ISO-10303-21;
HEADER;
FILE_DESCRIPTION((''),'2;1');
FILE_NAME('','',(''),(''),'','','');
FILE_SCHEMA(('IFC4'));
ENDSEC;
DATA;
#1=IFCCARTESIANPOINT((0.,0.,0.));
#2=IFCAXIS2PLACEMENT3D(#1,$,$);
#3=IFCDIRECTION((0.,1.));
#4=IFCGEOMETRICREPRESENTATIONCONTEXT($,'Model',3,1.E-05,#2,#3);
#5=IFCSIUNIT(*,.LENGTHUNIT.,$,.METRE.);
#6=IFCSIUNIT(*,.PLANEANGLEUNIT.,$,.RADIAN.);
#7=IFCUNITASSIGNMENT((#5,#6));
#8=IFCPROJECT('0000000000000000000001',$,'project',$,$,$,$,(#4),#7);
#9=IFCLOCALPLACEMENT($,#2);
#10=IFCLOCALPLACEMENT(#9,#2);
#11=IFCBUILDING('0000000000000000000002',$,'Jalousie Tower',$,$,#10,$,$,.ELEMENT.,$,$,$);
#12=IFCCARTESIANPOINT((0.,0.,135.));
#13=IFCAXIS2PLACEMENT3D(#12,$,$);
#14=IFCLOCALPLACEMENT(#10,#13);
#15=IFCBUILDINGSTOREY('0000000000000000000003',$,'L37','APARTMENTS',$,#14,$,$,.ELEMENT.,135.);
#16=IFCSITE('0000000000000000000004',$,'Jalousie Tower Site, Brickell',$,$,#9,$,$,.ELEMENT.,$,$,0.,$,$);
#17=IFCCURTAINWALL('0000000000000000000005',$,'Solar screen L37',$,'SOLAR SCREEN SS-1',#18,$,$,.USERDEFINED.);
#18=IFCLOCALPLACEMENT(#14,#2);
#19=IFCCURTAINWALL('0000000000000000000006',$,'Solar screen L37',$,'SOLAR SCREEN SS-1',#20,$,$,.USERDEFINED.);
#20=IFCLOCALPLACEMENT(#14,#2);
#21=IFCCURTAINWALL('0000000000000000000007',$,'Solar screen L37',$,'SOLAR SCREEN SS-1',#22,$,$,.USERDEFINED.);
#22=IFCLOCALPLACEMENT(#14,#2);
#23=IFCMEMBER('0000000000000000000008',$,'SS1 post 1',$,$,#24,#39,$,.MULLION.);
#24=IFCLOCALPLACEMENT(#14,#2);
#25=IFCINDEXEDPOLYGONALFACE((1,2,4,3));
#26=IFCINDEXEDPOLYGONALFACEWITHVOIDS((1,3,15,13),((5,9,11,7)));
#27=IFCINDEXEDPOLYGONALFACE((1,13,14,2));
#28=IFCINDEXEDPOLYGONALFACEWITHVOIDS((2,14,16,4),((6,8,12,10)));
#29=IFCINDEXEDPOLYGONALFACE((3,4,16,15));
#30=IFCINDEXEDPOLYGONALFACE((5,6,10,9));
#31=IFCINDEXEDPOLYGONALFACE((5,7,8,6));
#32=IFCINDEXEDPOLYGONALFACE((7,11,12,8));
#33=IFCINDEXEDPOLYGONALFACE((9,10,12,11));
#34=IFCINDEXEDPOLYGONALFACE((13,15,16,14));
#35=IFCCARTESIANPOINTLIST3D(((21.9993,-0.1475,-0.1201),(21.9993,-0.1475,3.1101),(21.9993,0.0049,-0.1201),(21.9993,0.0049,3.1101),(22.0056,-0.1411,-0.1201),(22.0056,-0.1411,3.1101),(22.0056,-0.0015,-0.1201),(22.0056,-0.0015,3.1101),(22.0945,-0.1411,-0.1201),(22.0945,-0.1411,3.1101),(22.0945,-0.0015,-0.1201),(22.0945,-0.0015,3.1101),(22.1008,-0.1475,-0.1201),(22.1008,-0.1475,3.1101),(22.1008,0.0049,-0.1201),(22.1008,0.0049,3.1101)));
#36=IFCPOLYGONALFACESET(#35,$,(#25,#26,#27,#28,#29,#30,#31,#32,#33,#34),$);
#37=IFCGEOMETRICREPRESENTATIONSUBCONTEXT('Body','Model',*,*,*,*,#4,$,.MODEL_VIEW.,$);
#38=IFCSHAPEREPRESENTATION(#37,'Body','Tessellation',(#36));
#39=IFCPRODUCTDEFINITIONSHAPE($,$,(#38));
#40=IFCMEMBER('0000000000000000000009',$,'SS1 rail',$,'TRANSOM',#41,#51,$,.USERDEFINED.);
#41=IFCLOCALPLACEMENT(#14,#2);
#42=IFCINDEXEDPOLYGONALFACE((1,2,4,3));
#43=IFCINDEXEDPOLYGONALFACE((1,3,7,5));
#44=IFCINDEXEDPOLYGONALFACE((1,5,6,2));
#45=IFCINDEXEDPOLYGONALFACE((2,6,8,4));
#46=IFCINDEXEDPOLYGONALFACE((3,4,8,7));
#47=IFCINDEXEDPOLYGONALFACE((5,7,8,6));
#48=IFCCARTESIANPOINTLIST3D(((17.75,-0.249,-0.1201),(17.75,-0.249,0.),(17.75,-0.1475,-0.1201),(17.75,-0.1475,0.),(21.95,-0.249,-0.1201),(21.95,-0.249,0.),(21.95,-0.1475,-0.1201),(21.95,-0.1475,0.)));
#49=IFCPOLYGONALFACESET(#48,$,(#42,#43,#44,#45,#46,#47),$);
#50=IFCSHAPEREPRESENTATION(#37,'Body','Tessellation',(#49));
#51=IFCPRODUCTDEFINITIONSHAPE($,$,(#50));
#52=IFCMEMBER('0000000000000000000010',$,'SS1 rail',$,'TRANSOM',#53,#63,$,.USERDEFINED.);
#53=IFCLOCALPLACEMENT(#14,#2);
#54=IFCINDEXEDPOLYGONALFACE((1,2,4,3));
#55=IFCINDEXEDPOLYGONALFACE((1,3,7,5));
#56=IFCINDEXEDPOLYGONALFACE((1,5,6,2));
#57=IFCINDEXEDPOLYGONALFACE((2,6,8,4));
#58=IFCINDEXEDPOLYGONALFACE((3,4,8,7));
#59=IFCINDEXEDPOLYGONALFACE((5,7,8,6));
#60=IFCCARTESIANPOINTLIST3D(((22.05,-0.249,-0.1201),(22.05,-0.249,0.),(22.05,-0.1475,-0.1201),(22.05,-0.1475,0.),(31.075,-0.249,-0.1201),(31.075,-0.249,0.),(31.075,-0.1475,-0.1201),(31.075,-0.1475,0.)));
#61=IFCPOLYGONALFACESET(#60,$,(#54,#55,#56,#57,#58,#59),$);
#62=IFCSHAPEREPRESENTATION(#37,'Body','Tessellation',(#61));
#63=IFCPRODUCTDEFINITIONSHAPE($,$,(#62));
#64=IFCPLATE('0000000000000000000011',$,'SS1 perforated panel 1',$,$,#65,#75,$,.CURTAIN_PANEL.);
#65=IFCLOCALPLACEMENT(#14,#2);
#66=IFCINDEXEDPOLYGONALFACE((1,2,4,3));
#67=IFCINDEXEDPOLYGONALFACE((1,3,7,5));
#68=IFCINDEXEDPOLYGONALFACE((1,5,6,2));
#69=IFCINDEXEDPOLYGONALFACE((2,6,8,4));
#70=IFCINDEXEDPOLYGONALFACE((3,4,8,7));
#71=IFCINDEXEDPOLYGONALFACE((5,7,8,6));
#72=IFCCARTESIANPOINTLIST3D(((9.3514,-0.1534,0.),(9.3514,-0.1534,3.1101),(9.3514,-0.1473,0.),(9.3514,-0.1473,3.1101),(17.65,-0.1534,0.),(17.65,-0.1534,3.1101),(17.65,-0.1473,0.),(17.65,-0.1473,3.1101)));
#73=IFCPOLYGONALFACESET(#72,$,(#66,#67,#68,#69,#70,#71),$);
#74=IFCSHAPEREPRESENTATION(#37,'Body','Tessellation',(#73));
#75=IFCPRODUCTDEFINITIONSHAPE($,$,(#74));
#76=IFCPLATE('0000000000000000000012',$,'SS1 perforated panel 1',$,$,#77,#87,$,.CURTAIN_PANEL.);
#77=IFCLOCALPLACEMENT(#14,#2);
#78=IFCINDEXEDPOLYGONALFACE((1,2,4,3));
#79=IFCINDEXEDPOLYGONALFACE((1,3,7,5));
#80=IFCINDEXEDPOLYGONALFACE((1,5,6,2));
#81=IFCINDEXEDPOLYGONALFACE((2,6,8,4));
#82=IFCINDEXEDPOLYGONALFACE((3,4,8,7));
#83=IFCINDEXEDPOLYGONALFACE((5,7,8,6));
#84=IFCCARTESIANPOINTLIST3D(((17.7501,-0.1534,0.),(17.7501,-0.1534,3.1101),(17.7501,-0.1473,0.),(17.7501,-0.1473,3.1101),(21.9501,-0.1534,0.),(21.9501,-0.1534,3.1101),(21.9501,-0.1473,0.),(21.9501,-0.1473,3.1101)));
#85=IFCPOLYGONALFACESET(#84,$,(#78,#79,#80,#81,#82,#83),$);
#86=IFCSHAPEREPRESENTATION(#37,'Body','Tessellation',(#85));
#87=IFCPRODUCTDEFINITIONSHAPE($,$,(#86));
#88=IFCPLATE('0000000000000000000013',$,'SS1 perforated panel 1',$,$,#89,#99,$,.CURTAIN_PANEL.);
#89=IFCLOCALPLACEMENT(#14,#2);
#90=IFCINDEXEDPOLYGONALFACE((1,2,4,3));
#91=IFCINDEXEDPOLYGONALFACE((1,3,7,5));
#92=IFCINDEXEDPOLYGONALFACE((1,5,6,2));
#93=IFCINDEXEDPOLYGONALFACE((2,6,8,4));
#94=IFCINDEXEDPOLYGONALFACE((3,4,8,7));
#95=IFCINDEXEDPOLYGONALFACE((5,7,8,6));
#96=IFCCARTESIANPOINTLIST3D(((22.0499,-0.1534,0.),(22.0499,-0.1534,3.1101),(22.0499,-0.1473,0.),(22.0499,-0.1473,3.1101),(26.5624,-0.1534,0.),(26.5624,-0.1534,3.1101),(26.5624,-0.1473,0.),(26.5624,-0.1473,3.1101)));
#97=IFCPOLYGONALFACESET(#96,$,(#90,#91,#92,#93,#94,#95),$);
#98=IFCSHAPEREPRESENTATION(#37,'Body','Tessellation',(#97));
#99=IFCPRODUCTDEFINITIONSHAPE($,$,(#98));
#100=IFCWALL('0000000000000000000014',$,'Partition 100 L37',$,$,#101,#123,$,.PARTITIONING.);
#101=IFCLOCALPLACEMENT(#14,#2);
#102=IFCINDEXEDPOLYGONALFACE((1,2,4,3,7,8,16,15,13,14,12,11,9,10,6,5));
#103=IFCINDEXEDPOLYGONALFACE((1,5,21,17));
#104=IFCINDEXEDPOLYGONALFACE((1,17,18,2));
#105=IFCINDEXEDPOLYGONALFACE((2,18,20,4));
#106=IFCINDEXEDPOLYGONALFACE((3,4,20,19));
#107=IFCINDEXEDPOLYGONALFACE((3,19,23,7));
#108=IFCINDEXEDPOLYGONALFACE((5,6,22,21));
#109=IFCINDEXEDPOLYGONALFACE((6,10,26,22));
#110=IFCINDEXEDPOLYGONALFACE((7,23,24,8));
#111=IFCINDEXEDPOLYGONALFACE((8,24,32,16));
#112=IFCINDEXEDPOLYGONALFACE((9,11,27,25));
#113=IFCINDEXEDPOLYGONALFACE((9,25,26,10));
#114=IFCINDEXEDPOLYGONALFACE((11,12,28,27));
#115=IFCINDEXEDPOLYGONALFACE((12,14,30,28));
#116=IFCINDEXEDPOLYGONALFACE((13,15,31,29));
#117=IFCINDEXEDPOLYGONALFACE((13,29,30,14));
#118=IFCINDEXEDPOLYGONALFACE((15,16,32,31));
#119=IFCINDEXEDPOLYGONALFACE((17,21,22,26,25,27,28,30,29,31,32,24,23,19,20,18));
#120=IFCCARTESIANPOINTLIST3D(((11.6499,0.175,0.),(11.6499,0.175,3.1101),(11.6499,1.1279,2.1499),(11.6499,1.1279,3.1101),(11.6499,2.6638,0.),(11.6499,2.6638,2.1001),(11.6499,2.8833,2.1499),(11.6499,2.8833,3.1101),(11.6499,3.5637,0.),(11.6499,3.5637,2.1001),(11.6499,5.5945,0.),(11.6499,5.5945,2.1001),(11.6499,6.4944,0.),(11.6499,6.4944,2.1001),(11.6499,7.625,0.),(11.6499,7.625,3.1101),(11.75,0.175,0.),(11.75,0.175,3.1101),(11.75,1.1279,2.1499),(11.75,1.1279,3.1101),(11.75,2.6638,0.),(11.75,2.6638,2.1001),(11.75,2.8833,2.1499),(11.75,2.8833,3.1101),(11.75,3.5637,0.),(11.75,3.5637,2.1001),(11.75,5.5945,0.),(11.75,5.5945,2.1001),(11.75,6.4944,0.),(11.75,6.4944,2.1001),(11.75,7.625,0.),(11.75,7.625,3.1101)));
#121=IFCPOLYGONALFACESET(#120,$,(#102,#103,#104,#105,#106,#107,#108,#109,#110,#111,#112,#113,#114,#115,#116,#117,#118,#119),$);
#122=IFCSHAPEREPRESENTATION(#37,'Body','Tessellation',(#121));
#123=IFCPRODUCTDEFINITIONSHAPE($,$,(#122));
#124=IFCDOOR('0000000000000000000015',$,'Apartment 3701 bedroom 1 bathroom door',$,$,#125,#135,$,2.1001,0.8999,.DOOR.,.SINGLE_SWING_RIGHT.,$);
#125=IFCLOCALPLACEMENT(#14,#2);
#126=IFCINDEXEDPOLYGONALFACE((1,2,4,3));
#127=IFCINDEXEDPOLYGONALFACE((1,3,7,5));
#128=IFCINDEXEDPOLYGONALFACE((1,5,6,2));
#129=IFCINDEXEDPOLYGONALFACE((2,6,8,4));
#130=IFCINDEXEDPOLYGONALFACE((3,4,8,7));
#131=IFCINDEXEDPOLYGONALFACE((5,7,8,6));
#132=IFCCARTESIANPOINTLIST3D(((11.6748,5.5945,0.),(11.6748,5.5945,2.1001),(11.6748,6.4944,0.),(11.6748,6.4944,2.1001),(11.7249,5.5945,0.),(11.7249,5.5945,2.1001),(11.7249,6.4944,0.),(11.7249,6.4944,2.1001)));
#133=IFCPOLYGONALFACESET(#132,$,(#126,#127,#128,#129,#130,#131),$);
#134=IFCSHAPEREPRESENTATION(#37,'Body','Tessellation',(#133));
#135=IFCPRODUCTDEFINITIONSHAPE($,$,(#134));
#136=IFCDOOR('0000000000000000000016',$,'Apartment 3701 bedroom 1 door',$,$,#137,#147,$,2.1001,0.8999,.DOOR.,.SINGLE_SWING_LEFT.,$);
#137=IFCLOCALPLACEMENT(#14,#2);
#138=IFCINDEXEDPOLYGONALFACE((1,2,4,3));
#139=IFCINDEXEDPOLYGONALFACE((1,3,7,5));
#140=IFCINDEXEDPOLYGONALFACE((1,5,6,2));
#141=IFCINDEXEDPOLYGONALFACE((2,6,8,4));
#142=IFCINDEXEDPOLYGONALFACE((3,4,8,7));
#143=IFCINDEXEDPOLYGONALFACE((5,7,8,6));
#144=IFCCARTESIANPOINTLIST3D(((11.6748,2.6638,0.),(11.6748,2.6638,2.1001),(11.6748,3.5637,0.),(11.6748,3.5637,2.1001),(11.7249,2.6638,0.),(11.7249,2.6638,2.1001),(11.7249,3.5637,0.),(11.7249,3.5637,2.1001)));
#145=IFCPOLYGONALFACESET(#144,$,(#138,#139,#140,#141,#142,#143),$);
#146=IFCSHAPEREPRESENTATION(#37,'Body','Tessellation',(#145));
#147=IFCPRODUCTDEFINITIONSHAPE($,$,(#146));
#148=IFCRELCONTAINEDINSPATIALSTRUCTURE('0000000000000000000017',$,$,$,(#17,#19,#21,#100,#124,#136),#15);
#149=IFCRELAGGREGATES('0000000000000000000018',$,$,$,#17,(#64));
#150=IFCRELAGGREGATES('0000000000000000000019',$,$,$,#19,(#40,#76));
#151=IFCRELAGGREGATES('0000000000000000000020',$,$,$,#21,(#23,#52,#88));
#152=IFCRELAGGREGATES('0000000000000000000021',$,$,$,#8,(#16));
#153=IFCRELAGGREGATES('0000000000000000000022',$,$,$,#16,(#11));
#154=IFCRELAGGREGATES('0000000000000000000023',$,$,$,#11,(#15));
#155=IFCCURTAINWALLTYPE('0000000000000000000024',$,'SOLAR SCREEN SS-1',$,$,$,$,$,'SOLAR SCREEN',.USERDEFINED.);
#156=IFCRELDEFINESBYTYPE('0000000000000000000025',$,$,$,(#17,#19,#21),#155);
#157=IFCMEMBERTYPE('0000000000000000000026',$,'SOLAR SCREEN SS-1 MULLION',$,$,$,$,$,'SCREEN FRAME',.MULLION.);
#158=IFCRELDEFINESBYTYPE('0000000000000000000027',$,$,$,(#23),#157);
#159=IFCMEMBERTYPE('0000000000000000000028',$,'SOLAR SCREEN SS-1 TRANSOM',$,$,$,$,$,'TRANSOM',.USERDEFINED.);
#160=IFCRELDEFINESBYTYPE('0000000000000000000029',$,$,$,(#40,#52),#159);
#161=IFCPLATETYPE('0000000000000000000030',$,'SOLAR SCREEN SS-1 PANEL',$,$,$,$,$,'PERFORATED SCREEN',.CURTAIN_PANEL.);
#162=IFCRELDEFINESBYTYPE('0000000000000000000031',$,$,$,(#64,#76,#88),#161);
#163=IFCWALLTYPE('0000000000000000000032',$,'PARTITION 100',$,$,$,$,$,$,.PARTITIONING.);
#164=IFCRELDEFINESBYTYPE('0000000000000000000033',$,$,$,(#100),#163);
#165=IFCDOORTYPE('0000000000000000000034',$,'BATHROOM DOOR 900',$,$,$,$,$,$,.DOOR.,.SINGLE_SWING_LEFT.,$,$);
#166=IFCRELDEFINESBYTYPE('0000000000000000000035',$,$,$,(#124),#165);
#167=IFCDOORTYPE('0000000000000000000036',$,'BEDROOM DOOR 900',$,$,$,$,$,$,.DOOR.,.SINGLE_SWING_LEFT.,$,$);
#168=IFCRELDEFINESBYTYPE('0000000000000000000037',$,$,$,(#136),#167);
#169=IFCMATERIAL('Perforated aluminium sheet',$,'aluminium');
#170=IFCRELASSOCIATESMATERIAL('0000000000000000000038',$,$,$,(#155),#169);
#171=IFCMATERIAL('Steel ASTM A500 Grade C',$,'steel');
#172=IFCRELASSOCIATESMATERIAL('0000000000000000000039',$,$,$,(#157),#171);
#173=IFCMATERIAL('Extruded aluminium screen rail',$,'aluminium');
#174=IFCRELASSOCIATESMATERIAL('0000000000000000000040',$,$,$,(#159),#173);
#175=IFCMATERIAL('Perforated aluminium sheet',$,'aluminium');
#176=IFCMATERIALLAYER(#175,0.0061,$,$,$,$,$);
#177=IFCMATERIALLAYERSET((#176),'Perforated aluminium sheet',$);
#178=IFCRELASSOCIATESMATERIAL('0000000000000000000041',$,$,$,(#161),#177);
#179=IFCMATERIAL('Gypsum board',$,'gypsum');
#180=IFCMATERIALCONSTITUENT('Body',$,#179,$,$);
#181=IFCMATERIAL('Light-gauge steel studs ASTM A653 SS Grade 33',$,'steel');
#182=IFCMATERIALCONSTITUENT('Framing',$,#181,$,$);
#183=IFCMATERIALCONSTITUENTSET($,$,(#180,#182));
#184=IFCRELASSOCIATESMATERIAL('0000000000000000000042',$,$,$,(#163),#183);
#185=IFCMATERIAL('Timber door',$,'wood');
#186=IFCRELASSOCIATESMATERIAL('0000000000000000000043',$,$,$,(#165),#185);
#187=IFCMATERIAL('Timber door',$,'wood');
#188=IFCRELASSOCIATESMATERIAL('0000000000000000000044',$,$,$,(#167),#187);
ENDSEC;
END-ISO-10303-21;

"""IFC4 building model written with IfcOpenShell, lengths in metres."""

from ifc_helpers import new_model, si_unit, direction, frame, frame_2d, origin, origin_2d, place, context, subcontext, project, spatial, polyline, rectangle, hollow_rectangle, outline, extrude, material, layer, layer_set, constituent, constituent_set, material_profile, profile_set, type_object, element, fill, aggregate, save


model = new_model("IFC4")

# Units and contexts
model_context = context("Model", 3, precision=1e-05, world=origin(), true_north=direction((0.0, 1.0)))
body_context = subcontext(model_context, "Body", "Model", "MODEL_VIEW")
ifc_project = project(units=[si_unit("LENGTHUNIT", "METRE"), si_unit("PLANEANGLEUNIT", "RADIAN")], contexts=[model_context])

# Site, building, storey
site_placement = place(None, origin())
site = spatial("IfcSite", under=ifc_project, at=site_placement, Name="Jalousie Tower Site, Brickell", CompositionType="ELEMENT", RefElevation=0.0)
building_placement = place(site_placement, origin())
building = spatial("IfcBuilding", under=site, at=building_placement, Name="Jalousie Tower", CompositionType="ELEMENT")
storey_placement = place(building_placement, frame((0.0, 0.0, 135.0)))
storey = spatial("IfcBuildingStorey", under=building, at=storey_placement, Name="L37", Description="APARTMENTS", CompositionType="ELEMENT", Elevation=135.0)

# Curtain wall
ifc_material_1 = material(Name="Perforated aluminium sheet", Category="aluminium")
curtain_wall_type = type_object("IfcCurtainWallType", Name="SOLAR SCREEN SS-1", ElementType="SOLAR SCREEN", PredefinedType="USERDEFINED", material=ifc_material_1)
curtain_wall_1_placement = place(storey_placement, origin())
curtain_wall_1 = element("IfcCurtainWall", 1, at=curtain_wall_1_placement, inside=storey, type_object=curtain_wall_type, Name="Solar screen L37", ObjectType="SOLAR SCREEN SS-1", PredefinedType="USERDEFINED")
ifc_material_2 = material(Name="Steel ASTM A500 Grade C", Category="steel")
ifc_material_profile_1 = material_profile(ifc_material_2, hollow_rectangle(XDim=0.1016, YDim=0.1523, WallThickness=0.0063, at=origin_2d()), Name="HSS6X4X1/4")
ifc_profile_set_1 = profile_set([ifc_material_profile_1], Name="Steel ASTM A500 Grade C")
member_type_1 = type_object("IfcMemberType", Name="SOLAR SCREEN SS-1 MULLION", ElementType="SCREEN FRAME", PredefinedType="MULLION", material=ifc_profile_set_1)

# Curtain wall
curtain_wall_2_placement = place(storey_placement, origin())
curtain_wall_2 = element("IfcCurtainWall", 2, at=curtain_wall_2_placement, inside=storey, type_object=curtain_wall_type, Name="Solar screen L37", ObjectType="SOLAR SCREEN SS-1", PredefinedType="USERDEFINED")

# Curtain wall, member
curtain_wall_3_placement = place(storey_placement, origin())
curtain_wall_3 = element("IfcCurtainWall", 3, at=curtain_wall_3_placement, inside=storey, type_object=curtain_wall_type, Name="Solar screen L37", ObjectType="SOLAR SCREEN SS-1", PredefinedType="USERDEFINED")
member_1_placement = place(storey_placement, frame((22.05, -0.0713, -0.1201), z_axis=(0.0, 0.0, 1.0), x_axis=(1.0, 0.0, 0.0)))
member_1 = element("IfcMember", 4, at=member_1_placement, type_object=member_type_1, Name="SS1 post 1", PredefinedType="MULLION", context=body_context, shape_type="SweptSolid", body=[
    extrude(hollow_rectangle(XDim=0.1016, YDim=0.1523, WallThickness=0.0063, at=origin_2d()), origin(), (0.0, 0.0, 1.0), 3.2302),
])

# Members
ifc_material_3 = material(Name="Extruded aluminium screen rail", Category="aluminium")
ifc_material_profile_2 = material_profile(ifc_material_3, rectangle(XDim=0.1016, YDim=0.1201, at=origin_2d()), Name="RAIL 102x120")
ifc_profile_set_2 = profile_set([ifc_material_profile_2], Name="Extruded aluminium screen rail")
member_type_2 = type_object("IfcMemberType", Name="SOLAR SCREEN SS-1 TRANSOM", ElementType="TRANSOM", PredefinedType="USERDEFINED", material=ifc_profile_set_2)
member_2_placement = place(storey_placement, frame((17.75, -0.1982, -0.0601), z_axis=(1.0, 0.0, 0.0), x_axis=(0.0, 1.0, 0.0)))
member_2 = element("IfcMember", 5, at=member_2_placement, type_object=member_type_2, Name="SS1 rail", ObjectType="TRANSOM", PredefinedType="USERDEFINED", context=body_context, shape_type="SweptSolid", body=[
    extrude(rectangle(XDim=0.1016, YDim=0.1201, at=origin_2d()), origin(), (0.0, 0.0, 1.0), 4.2),
])
member_3_placement = place(storey_placement, frame((22.05, -0.1982, -0.0601), z_axis=(1.0, 0.0, 0.0), x_axis=(0.0, 1.0, 0.0)))
member_3 = element("IfcMember", 6, at=member_3_placement, type_object=member_type_2, Name="SS1 rail", ObjectType="TRANSOM", PredefinedType="USERDEFINED", context=body_context, shape_type="SweptSolid", body=[
    extrude(rectangle(XDim=0.1016, YDim=0.1201, at=origin_2d()), origin(), (0.0, 0.0, 1.0), 9.0249),
])

# Plates
ifc_material_4 = material(Name="Perforated aluminium sheet", Category="aluminium")
ifc_layer_1 = layer(ifc_material_4, 0.0061)
ifc_layer_set_1 = layer_set([ifc_layer_1], Name="Perforated aluminium sheet")
plate_type = type_object("IfcPlateType", Name="SOLAR SCREEN SS-1 PANEL", ElementType="PERFORATED SCREEN", PredefinedType="CURTAIN_PANEL", material=ifc_layer_set_1)
plate_1_placement = place(storey_placement, frame((13.5007, -0.1504, 0.0), z_axis=(0.0, 0.0, 1.0), x_axis=(1.0, 0.0, 0.0)))
plate_1 = element("IfcPlate", 7, at=plate_1_placement, type_object=plate_type, Name="SS1 perforated panel 1", PredefinedType="CURTAIN_PANEL", context=body_context, shape_type="SweptSolid", body=[
    extrude(rectangle(XDim=8.2986, YDim=0.0061, at=origin_2d()), origin(), (0.0, 0.0, 1.0), 3.1101),
])
aggregate(curtain_wall_1, [plate_1])
plate_2_placement = place(storey_placement, frame((19.8501, -0.1504, 0.0), z_axis=(0.0, 0.0, 1.0), x_axis=(1.0, 0.0, 0.0)))
plate_2 = element("IfcPlate", 8, at=plate_2_placement, type_object=plate_type, Name="SS1 perforated panel 1", PredefinedType="CURTAIN_PANEL", context=body_context, shape_type="SweptSolid", body=[
    extrude(rectangle(XDim=4.2, YDim=0.0061, at=origin_2d()), origin(), (0.0, 0.0, 1.0), 3.1101),
])
aggregate(curtain_wall_2, [member_2, plate_2])
plate_3_placement = place(storey_placement, frame((24.3062, -0.1504, 0.0), z_axis=(0.0, 0.0, 1.0), x_axis=(1.0, 0.0, 0.0)))
plate_3 = element("IfcPlate", 9, at=plate_3_placement, type_object=plate_type, Name="SS1 perforated panel 1", PredefinedType="CURTAIN_PANEL", context=body_context, shape_type="SweptSolid", body=[
    extrude(rectangle(XDim=4.5125, YDim=0.0061, at=origin_2d()), origin(), (0.0, 0.0, 1.0), 3.1101),
])
aggregate(curtain_wall_3, [member_1, member_3, plate_3])

# Wall, openings, doors
ifc_material_5 = material(Name="Gypsum board", Category="gypsum")
ifc_constituent_1 = constituent(ifc_material_5, Name="Body")
ifc_material_6 = material(Name="Light-gauge steel studs ASTM A653 SS Grade 33", Category="steel")
ifc_constituent_2 = constituent(ifc_material_6, Name="Framing")
ifc_constituent_set = constituent_set(constituents=[ifc_constituent_1, ifc_constituent_2])
wall_type_1 = type_object("IfcWallType", Name="PARTITION 100", PredefinedType="PARTITIONING", material=ifc_constituent_set)
wall_1_placement = place(storey_placement, frame((11.7, 0.175, 0.0), z_axis=(0.0, 0.0, 1.0), x_axis=(0.0, 1.0, 0.0)))
wall_1 = element("IfcWall", 10, at=wall_1_placement, inside=storey, type_object=wall_type_1, Name="Partition 100 L37", PredefinedType="PARTITIONING", context=body_context, shape_type="SweptSolid", body=[
    extrude(outline(polyline([(0.0, 0.0), (7.45, 0.0), (7.45, 3.1101), (2.7083, 3.1101), (2.7083, 2.1499), (0.9529, 2.1499), (0.9529, 3.1101), (0.0, 3.1101), (0.0, 0.0)])), frame((0.0, 0.05, 0.0), z_axis=(0.0, -1.0, 0.0), x_axis=(1.0, 0.0, 0.0)), (0.0, 0.0, 1.0), 0.1001),
])
opening_1_placement = place(wall_1_placement, frame((2.4888, 0.0, 0.0)))
opening_1 = element("IfcOpeningElement", 11, at=opening_1_placement, cuts=wall_1, PredefinedType="OPENING", context=body_context, shape_type="SweptSolid", body=[
    extrude(rectangle(XDim=0.8999, YDim=2.1001, at=frame_2d((0.45, 1.05))), frame((0.0, 0.0601, 0.0), z_axis=(0.0, -1.0, 0.0), x_axis=(1.0, 0.0, 0.0)), (0.0, 0.0, 1.0), 0.1201),
])
opening_2_placement = place(wall_1_placement, frame((5.4194, 0.0, 0.0)))
opening_2 = element("IfcOpeningElement", 12, at=opening_2_placement, cuts=wall_1, PredefinedType="OPENING", context=body_context, shape_type="SweptSolid", body=[
    extrude(rectangle(XDim=0.8999, YDim=2.1001, at=frame_2d((0.45, 1.05))), frame((0.0, 0.0601, 0.0), z_axis=(0.0, -1.0, 0.0), x_axis=(1.0, 0.0, 0.0)), (0.0, 0.0, 1.0), 0.1201),
])
ifc_material_7 = material(Name="Timber door", Category="wood")
door_type_1 = type_object("IfcDoorType", Name="BATHROOM DOOR 900", OperationType="SINGLE_SWING_LEFT", PredefinedType="DOOR", material=ifc_material_7)
door_1_placement = place(opening_2_placement, frame((0.8999, 0.0, 0.0), z_axis=(0.0, 0.0, 1.0), x_axis=(-1.0, 0.0, 0.0)))
door_1 = element("IfcDoor", 13, at=door_1_placement, inside=storey, type_object=door_type_1, Name="Apartment 3701 bedroom 1 bathroom door", OperationType="SINGLE_SWING_RIGHT", OverallHeight=2.1001, OverallWidth=0.8999, PredefinedType="DOOR", context=body_context, shape_type="SweptSolid", body=[
    extrude(rectangle(XDim=0.8999, YDim=2.1001, at=frame_2d((0.45, 1.05))), frame((0.0, 0.0249, 0.0), z_axis=(0.0, -1.0, 0.0), x_axis=(1.0, 0.0, 0.0)), (0.0, 0.0, 1.0), 0.05),
])
fill(opening_2, door_1)
ifc_material_8 = material(Name="Timber door", Category="wood")
door_type_2 = type_object("IfcDoorType", Name="BEDROOM DOOR 900", OperationType="SINGLE_SWING_LEFT", PredefinedType="DOOR", material=ifc_material_8)
door_2_placement = place(opening_1_placement, frame((0.8999, 0.0, 0.0), z_axis=(0.0, 0.0, 1.0), x_axis=(-1.0, 0.0, 0.0)))
door_2 = element("IfcDoor", 14, at=door_2_placement, inside=storey, type_object=door_type_2, Name="Apartment 3701 bedroom 1 door", OperationType="SINGLE_SWING_LEFT", OverallHeight=2.1001, OverallWidth=0.8999, PredefinedType="DOOR", context=body_context, shape_type="SweptSolid", body=[
    extrude(rectangle(XDim=0.8999, YDim=2.1001, at=frame_2d((0.45, 1.05))), frame((0.0, 0.0249, 0.0), z_axis=(0.0, -1.0, 0.0), x_axis=(1.0, 0.0, 0.0)), (0.0, 0.0, 1.0), 0.05),
])
fill(opening_1, door_2)

save(model, "model.ifc")
